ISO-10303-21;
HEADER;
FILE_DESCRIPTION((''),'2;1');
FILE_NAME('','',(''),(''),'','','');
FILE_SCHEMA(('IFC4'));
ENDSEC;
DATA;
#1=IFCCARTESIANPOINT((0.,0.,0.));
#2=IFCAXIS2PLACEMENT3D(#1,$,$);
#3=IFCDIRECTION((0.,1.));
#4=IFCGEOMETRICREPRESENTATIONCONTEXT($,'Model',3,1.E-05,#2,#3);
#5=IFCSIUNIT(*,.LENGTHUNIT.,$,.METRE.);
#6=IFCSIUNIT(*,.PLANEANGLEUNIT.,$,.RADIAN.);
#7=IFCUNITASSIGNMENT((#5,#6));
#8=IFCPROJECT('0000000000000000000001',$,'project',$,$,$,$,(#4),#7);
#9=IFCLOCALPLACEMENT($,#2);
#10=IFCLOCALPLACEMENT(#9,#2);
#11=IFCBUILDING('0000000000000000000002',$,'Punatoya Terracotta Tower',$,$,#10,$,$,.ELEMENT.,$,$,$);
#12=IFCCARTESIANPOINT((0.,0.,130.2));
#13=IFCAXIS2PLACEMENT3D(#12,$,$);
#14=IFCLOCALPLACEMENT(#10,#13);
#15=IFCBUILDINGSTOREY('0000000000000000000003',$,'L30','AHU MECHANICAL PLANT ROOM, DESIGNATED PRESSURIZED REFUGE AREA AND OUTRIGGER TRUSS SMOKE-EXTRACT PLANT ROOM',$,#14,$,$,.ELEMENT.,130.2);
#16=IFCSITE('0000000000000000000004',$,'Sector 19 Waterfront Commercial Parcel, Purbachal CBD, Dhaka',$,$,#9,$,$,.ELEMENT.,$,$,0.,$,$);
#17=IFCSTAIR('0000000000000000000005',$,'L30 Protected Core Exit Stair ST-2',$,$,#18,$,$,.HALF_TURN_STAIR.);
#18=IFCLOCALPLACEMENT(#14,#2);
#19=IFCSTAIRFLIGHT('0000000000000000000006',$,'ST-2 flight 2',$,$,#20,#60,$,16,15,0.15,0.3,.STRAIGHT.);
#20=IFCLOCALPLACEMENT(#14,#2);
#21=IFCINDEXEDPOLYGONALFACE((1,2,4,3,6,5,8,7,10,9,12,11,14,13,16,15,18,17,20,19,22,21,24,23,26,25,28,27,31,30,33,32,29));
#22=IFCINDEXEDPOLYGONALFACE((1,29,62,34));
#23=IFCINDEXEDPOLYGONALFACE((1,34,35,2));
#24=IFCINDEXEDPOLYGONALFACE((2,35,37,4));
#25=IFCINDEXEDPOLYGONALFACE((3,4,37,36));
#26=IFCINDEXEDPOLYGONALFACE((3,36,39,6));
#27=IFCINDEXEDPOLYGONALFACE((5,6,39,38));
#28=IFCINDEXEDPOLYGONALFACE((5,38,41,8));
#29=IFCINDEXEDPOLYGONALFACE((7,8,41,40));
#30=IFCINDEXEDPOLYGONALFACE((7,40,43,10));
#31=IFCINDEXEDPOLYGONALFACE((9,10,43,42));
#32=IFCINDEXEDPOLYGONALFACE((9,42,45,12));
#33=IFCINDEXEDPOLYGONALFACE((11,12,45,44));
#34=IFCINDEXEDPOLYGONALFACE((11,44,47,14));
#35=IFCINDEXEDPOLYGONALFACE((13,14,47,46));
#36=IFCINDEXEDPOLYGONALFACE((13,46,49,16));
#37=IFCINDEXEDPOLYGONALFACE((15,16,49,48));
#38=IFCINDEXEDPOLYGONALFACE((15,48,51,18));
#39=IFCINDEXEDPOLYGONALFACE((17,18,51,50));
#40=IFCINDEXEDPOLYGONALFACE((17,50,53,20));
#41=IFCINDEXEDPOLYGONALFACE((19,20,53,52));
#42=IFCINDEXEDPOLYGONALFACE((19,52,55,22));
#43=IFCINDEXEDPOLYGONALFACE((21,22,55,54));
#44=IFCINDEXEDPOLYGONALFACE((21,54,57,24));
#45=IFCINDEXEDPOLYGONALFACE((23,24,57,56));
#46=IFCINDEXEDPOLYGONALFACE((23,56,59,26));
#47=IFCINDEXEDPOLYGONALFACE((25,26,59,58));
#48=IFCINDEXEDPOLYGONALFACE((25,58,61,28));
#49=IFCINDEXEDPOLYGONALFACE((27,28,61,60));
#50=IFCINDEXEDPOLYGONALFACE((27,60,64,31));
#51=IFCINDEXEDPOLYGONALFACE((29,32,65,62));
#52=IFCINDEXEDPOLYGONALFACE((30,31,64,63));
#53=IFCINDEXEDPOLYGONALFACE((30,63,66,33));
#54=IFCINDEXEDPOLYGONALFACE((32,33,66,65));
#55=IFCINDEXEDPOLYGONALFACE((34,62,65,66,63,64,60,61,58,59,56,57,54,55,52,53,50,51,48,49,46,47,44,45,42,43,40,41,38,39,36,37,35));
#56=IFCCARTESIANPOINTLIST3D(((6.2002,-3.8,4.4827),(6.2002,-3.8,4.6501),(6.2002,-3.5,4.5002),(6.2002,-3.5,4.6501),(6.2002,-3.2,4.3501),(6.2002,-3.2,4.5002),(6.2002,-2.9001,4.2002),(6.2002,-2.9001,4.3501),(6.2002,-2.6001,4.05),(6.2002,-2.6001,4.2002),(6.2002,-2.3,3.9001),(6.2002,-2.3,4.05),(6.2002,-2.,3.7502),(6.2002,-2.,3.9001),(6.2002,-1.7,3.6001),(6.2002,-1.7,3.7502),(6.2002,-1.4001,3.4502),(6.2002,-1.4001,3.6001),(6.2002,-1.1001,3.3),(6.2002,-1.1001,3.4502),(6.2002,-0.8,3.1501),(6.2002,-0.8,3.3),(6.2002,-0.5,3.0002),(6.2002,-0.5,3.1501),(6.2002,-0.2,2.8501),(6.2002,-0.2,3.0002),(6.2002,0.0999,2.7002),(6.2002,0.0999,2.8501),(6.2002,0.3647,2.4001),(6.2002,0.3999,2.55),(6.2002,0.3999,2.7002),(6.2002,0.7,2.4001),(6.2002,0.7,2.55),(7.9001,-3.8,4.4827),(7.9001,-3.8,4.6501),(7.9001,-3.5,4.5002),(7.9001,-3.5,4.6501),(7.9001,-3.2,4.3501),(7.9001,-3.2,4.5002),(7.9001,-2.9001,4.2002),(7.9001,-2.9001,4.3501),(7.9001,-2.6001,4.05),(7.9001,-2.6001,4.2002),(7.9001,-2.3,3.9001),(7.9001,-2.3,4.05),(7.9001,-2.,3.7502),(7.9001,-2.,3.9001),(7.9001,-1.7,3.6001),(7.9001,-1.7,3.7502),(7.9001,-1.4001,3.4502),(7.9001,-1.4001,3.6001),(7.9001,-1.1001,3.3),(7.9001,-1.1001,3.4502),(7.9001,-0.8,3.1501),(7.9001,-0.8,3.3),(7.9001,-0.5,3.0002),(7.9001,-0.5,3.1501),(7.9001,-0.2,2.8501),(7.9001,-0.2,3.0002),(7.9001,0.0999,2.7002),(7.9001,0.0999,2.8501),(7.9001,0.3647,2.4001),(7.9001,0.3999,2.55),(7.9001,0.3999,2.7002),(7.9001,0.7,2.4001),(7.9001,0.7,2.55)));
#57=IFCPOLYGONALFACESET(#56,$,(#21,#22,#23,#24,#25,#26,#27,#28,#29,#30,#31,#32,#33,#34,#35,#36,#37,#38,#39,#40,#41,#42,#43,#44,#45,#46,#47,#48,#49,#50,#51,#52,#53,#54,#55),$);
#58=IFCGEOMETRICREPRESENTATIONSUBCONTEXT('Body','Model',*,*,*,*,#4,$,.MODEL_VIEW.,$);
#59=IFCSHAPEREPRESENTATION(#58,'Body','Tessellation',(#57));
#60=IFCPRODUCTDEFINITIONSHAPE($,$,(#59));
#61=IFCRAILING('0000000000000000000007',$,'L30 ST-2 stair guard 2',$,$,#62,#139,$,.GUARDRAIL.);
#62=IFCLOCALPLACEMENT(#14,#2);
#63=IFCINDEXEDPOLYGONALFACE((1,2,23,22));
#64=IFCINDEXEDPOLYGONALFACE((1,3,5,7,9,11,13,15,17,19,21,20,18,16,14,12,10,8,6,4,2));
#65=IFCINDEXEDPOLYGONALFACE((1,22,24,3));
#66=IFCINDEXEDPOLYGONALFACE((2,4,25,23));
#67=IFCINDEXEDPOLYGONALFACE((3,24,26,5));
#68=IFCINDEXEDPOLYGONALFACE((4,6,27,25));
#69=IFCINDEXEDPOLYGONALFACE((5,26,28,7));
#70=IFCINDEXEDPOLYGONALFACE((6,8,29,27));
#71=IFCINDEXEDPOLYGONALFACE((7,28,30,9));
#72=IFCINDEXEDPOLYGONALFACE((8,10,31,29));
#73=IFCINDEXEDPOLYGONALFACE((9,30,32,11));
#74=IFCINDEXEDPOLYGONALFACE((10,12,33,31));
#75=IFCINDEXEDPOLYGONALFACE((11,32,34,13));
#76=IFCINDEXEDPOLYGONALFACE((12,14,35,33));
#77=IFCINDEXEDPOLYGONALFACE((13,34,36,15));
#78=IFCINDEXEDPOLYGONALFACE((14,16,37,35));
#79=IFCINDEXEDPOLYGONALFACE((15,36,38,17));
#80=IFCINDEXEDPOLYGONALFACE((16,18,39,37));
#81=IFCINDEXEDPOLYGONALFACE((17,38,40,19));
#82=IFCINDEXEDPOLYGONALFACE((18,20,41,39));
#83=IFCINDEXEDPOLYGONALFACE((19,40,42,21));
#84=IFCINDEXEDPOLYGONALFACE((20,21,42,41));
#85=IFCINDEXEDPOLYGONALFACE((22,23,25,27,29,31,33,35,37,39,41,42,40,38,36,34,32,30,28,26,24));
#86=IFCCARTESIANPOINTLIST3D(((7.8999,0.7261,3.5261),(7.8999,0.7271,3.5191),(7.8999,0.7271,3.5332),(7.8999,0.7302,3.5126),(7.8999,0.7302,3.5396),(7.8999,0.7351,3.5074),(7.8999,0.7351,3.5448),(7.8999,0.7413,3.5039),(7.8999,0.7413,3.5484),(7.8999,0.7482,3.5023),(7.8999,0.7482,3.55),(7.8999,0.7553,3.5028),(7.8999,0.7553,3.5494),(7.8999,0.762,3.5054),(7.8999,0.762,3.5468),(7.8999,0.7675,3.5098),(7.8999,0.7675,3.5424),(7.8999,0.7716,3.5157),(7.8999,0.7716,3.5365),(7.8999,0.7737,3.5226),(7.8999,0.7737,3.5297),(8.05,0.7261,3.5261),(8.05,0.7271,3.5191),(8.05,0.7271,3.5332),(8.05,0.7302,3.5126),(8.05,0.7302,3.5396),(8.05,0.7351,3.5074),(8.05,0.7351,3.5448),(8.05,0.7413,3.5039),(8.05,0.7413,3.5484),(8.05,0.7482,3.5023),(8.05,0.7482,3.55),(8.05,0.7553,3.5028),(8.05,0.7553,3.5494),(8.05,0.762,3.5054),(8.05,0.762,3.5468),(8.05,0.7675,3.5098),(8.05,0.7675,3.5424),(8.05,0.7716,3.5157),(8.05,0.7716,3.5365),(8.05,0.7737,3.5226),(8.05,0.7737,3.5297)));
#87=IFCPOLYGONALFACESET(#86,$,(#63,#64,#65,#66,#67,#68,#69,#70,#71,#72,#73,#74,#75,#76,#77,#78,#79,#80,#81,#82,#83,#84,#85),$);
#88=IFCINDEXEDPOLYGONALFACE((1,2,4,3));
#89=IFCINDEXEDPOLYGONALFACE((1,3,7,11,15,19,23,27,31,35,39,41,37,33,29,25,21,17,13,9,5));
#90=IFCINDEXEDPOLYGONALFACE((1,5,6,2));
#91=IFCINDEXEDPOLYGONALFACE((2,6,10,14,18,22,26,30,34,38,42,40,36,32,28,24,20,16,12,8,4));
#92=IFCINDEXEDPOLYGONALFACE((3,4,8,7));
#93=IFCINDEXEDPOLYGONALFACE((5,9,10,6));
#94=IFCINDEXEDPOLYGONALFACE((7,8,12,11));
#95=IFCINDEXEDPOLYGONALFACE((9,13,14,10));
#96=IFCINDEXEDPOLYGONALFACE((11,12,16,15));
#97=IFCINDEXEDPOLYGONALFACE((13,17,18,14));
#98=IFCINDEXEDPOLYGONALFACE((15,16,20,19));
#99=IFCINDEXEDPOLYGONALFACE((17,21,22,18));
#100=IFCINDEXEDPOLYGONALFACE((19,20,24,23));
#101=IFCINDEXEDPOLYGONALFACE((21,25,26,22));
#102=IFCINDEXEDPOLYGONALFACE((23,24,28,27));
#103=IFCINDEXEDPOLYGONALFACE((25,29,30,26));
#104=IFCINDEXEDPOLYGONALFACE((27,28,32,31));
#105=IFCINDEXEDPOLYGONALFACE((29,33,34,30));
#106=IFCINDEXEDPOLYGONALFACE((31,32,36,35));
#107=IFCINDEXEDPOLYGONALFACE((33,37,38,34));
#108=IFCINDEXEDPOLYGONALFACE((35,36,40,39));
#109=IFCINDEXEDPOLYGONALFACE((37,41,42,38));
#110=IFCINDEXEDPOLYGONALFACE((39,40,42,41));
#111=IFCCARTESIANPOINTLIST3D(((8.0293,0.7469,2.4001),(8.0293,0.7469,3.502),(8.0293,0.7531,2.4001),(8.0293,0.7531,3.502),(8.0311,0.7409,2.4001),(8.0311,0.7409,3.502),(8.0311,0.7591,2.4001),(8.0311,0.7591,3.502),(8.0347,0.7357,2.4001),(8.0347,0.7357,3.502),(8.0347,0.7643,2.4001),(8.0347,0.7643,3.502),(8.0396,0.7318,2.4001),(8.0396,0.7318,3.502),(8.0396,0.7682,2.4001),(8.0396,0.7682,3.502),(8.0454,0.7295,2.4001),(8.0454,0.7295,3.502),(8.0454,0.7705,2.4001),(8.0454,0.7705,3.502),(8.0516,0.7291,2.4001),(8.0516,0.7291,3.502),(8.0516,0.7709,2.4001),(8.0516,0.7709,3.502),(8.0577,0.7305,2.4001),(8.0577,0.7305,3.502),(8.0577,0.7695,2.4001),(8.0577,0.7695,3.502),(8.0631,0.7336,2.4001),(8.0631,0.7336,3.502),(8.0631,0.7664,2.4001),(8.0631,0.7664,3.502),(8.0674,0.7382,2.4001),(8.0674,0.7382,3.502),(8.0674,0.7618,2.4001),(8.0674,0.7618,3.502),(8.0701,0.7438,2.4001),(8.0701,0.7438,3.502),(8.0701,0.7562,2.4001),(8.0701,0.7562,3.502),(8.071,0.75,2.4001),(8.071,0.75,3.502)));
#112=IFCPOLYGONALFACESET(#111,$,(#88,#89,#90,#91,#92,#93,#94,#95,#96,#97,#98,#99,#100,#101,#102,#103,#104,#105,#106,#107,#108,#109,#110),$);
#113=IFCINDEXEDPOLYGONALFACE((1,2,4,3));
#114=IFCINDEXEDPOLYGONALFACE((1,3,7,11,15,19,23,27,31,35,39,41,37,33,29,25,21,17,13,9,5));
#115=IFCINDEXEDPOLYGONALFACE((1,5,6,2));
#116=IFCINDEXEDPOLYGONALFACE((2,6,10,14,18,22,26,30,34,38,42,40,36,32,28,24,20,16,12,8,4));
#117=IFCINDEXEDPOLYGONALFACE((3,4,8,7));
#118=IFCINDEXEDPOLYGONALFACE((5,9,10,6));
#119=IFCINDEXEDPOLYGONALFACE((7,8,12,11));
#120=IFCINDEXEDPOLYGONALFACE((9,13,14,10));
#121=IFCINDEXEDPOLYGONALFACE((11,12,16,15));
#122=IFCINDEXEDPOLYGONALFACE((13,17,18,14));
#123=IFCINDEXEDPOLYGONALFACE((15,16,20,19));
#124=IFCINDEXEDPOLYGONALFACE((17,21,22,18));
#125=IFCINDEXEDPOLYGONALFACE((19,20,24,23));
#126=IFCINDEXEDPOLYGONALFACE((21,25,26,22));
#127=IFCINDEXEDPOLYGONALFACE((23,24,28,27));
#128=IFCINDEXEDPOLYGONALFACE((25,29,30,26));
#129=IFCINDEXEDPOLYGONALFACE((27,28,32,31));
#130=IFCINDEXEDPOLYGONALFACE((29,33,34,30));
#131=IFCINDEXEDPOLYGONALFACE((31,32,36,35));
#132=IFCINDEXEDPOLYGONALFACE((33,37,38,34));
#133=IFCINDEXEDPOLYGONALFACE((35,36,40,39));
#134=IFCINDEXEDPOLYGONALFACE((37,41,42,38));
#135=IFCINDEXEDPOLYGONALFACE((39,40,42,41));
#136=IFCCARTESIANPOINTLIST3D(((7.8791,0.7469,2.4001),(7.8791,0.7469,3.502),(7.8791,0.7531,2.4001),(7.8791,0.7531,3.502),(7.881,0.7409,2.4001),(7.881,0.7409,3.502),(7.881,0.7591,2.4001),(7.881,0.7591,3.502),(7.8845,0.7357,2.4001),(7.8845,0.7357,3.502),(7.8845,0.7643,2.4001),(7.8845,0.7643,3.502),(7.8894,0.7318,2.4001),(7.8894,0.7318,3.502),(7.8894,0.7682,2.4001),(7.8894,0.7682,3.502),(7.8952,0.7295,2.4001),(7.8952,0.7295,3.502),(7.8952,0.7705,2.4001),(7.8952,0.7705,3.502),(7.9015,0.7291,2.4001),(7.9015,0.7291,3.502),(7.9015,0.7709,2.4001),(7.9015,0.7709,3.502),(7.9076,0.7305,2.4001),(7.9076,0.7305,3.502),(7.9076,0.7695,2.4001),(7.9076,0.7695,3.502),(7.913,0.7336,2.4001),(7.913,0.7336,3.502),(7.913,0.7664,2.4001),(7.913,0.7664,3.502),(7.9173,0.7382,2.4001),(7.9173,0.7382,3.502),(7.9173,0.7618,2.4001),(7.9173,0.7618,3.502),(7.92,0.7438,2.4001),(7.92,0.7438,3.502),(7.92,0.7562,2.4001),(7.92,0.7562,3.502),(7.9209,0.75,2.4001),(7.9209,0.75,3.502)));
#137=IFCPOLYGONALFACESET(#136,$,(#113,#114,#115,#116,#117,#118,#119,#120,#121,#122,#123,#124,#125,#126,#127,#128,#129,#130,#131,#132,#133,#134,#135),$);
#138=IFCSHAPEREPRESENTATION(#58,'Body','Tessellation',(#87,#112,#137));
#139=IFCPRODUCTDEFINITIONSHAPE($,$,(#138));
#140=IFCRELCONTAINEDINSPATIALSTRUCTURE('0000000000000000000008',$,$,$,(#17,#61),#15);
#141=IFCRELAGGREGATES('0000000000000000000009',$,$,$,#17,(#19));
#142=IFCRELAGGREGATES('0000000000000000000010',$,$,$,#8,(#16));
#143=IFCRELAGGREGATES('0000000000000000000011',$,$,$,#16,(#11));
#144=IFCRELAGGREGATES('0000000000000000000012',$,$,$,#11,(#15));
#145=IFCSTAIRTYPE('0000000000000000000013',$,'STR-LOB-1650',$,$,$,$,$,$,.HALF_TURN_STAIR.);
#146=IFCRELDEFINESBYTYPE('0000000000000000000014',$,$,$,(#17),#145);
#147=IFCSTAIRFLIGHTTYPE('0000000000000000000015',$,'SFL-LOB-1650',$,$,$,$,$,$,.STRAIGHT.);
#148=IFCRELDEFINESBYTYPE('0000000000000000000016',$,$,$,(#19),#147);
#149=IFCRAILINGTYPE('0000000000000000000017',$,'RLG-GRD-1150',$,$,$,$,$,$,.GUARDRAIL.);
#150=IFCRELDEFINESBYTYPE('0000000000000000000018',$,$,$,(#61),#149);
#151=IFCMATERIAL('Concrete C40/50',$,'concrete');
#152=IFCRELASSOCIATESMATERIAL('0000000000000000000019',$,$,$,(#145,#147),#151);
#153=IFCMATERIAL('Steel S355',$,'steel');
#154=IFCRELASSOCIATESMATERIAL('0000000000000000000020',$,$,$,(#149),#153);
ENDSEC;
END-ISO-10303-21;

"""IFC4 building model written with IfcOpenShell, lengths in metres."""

from ifc_helpers import new_model, si_unit, direction, frame, origin, origin_2d, place, context, subcontext, project, spatial, polyline, circle, outline, extrude, material, type_object, element, aggregate, save


model = new_model("IFC4")

# Units and contexts
model_context = context("Model", 3, precision=1e-05, world=origin(), true_north=direction((0.0, 1.0)))
body_context = subcontext(model_context, "Body", "Model", "MODEL_VIEW")
ifc_project = project(units=[si_unit("LENGTHUNIT", "METRE"), si_unit("PLANEANGLEUNIT", "RADIAN")], contexts=[model_context])

# Site, building, storey
site_placement = place(None, origin())
site = spatial("IfcSite", under=ifc_project, at=site_placement, Name="Sector 19 Waterfront Commercial Parcel, Purbachal CBD, Dhaka", CompositionType="ELEMENT", RefElevation=0.0)
building_placement = place(site_placement, origin())
building = spatial("IfcBuilding", under=site, at=building_placement, Name="Punatoya Terracotta Tower", CompositionType="ELEMENT")
storey_placement = place(building_placement, frame((0.0, 0.0, 130.2)))
storey = spatial("IfcBuildingStorey", under=building, at=storey_placement, Name="L30", Description="AHU MECHANICAL PLANT ROOM, DESIGNATED PRESSURIZED REFUGE AREA AND OUTRIGGER TRUSS SMOKE-EXTRACT PLANT ROOM", CompositionType="ELEMENT", Elevation=130.2)

# Shared definitions
ifc_material_1 = material(Name="Steel S355", Category="steel")

# Shared definitions
ifc_material_2 = material(Name="Concrete C40/50", Category="concrete")

# Stair, stair flight
stair_type = type_object("IfcStairType", Name="STR-LOB-1650", PredefinedType="HALF_TURN_STAIR", material=ifc_material_2)
stair_placement = place(storey_placement, origin())
stair = element("IfcStair", 1, at=stair_placement, inside=storey, type_object=stair_type, Name="L30 Protected Core Exit Stair ST-2", PredefinedType="HALF_TURN_STAIR")
stair_flight_type = type_object("IfcStairFlightType", Name="SFL-LOB-1650", PredefinedType="STRAIGHT", material=ifc_material_2)
stair_flight_placement = place(storey_placement, frame((7.05, 0.7, 2.4001), z_axis=(0.0, 0.0, 1.0), x_axis=(0.0, -1.0, 0.0)))
stair_flight = element("IfcStairFlight", 2, at=stair_flight_placement, type_object=stair_flight_type, Name="ST-2 flight 2", NumberOfRisers=16, NumberOfTreads=15, PredefinedType="STRAIGHT", RiserHeight=0.15, TreadLength=0.3, context=body_context, shape_type="SweptSolid", body=[
    extrude(outline(polyline([(0.0, 0.0), (0.0, 0.1499), (0.3, 0.1499), (0.3, 0.3), (0.6001, 0.3), (0.6001, 0.45), (0.8999, 0.45), (0.8999, 0.6001), (1.2, 0.6001), (1.2, 0.75), (1.5, 0.75), (1.5, 0.8999), (1.8, 0.8999), (1.8, 1.05), (2.1001, 1.05), (2.1001, 1.2), (2.3999, 1.2), (2.3999, 1.3501), (2.7, 1.3501), (2.7, 1.5), (3.0, 1.5), (3.0, 1.6499), (3.3, 1.6499), (3.3, 1.8), (3.6001, 1.8), (3.6001, 1.95), (3.8999, 1.95), (3.8999, 2.1001), (4.2, 2.1001), (4.2, 2.25), (4.5, 2.25), (4.5, 2.3999), (4.5, 2.0825), (0.3352, 0.0), (0.0, 0.0)])), frame((0.0, 0.8501, 0.0), z_axis=(0.0, -1.0, 0.0), x_axis=(1.0, 0.0, 0.0)), (0.0, 0.0, 1.0), 1.7),
])
aggregate(stair, [stair_flight])

# Railing
railing_type_1 = type_object("IfcRailingType", Name="RLG-GRD-1150", PredefinedType="GUARDRAIL", material=ifc_material_1)
railing_1_placement = place(storey_placement, frame((8.05, 0.75, 2.4001)))
element("IfcRailing", 3, at=railing_1_placement, inside=storey, type_object=railing_type_1, Name="L30 ST-2 stair guard 2", PredefinedType="GUARDRAIL", context=body_context, shape_type="SweptSolid", body=[
    extrude(circle(Radius=0.0239, at=origin_2d()), frame((0.0, 0.0, 1.126), z_axis=(-1.0, 0.0, 0.0), x_axis=(0.0, -1.0, 0.0)), (0.0, 0.0, 1.0), 0.1501),
    extrude(circle(Radius=0.021, at=origin_2d()), origin(), (0.0, 0.0, 1.0), 1.1018),
    extrude(circle(Radius=0.021, at=origin_2d()), frame((-0.1501, 0.0, 0.0)), (0.0, 0.0, 1.0), 1.1018),
])

save(model, "model.ifc")
